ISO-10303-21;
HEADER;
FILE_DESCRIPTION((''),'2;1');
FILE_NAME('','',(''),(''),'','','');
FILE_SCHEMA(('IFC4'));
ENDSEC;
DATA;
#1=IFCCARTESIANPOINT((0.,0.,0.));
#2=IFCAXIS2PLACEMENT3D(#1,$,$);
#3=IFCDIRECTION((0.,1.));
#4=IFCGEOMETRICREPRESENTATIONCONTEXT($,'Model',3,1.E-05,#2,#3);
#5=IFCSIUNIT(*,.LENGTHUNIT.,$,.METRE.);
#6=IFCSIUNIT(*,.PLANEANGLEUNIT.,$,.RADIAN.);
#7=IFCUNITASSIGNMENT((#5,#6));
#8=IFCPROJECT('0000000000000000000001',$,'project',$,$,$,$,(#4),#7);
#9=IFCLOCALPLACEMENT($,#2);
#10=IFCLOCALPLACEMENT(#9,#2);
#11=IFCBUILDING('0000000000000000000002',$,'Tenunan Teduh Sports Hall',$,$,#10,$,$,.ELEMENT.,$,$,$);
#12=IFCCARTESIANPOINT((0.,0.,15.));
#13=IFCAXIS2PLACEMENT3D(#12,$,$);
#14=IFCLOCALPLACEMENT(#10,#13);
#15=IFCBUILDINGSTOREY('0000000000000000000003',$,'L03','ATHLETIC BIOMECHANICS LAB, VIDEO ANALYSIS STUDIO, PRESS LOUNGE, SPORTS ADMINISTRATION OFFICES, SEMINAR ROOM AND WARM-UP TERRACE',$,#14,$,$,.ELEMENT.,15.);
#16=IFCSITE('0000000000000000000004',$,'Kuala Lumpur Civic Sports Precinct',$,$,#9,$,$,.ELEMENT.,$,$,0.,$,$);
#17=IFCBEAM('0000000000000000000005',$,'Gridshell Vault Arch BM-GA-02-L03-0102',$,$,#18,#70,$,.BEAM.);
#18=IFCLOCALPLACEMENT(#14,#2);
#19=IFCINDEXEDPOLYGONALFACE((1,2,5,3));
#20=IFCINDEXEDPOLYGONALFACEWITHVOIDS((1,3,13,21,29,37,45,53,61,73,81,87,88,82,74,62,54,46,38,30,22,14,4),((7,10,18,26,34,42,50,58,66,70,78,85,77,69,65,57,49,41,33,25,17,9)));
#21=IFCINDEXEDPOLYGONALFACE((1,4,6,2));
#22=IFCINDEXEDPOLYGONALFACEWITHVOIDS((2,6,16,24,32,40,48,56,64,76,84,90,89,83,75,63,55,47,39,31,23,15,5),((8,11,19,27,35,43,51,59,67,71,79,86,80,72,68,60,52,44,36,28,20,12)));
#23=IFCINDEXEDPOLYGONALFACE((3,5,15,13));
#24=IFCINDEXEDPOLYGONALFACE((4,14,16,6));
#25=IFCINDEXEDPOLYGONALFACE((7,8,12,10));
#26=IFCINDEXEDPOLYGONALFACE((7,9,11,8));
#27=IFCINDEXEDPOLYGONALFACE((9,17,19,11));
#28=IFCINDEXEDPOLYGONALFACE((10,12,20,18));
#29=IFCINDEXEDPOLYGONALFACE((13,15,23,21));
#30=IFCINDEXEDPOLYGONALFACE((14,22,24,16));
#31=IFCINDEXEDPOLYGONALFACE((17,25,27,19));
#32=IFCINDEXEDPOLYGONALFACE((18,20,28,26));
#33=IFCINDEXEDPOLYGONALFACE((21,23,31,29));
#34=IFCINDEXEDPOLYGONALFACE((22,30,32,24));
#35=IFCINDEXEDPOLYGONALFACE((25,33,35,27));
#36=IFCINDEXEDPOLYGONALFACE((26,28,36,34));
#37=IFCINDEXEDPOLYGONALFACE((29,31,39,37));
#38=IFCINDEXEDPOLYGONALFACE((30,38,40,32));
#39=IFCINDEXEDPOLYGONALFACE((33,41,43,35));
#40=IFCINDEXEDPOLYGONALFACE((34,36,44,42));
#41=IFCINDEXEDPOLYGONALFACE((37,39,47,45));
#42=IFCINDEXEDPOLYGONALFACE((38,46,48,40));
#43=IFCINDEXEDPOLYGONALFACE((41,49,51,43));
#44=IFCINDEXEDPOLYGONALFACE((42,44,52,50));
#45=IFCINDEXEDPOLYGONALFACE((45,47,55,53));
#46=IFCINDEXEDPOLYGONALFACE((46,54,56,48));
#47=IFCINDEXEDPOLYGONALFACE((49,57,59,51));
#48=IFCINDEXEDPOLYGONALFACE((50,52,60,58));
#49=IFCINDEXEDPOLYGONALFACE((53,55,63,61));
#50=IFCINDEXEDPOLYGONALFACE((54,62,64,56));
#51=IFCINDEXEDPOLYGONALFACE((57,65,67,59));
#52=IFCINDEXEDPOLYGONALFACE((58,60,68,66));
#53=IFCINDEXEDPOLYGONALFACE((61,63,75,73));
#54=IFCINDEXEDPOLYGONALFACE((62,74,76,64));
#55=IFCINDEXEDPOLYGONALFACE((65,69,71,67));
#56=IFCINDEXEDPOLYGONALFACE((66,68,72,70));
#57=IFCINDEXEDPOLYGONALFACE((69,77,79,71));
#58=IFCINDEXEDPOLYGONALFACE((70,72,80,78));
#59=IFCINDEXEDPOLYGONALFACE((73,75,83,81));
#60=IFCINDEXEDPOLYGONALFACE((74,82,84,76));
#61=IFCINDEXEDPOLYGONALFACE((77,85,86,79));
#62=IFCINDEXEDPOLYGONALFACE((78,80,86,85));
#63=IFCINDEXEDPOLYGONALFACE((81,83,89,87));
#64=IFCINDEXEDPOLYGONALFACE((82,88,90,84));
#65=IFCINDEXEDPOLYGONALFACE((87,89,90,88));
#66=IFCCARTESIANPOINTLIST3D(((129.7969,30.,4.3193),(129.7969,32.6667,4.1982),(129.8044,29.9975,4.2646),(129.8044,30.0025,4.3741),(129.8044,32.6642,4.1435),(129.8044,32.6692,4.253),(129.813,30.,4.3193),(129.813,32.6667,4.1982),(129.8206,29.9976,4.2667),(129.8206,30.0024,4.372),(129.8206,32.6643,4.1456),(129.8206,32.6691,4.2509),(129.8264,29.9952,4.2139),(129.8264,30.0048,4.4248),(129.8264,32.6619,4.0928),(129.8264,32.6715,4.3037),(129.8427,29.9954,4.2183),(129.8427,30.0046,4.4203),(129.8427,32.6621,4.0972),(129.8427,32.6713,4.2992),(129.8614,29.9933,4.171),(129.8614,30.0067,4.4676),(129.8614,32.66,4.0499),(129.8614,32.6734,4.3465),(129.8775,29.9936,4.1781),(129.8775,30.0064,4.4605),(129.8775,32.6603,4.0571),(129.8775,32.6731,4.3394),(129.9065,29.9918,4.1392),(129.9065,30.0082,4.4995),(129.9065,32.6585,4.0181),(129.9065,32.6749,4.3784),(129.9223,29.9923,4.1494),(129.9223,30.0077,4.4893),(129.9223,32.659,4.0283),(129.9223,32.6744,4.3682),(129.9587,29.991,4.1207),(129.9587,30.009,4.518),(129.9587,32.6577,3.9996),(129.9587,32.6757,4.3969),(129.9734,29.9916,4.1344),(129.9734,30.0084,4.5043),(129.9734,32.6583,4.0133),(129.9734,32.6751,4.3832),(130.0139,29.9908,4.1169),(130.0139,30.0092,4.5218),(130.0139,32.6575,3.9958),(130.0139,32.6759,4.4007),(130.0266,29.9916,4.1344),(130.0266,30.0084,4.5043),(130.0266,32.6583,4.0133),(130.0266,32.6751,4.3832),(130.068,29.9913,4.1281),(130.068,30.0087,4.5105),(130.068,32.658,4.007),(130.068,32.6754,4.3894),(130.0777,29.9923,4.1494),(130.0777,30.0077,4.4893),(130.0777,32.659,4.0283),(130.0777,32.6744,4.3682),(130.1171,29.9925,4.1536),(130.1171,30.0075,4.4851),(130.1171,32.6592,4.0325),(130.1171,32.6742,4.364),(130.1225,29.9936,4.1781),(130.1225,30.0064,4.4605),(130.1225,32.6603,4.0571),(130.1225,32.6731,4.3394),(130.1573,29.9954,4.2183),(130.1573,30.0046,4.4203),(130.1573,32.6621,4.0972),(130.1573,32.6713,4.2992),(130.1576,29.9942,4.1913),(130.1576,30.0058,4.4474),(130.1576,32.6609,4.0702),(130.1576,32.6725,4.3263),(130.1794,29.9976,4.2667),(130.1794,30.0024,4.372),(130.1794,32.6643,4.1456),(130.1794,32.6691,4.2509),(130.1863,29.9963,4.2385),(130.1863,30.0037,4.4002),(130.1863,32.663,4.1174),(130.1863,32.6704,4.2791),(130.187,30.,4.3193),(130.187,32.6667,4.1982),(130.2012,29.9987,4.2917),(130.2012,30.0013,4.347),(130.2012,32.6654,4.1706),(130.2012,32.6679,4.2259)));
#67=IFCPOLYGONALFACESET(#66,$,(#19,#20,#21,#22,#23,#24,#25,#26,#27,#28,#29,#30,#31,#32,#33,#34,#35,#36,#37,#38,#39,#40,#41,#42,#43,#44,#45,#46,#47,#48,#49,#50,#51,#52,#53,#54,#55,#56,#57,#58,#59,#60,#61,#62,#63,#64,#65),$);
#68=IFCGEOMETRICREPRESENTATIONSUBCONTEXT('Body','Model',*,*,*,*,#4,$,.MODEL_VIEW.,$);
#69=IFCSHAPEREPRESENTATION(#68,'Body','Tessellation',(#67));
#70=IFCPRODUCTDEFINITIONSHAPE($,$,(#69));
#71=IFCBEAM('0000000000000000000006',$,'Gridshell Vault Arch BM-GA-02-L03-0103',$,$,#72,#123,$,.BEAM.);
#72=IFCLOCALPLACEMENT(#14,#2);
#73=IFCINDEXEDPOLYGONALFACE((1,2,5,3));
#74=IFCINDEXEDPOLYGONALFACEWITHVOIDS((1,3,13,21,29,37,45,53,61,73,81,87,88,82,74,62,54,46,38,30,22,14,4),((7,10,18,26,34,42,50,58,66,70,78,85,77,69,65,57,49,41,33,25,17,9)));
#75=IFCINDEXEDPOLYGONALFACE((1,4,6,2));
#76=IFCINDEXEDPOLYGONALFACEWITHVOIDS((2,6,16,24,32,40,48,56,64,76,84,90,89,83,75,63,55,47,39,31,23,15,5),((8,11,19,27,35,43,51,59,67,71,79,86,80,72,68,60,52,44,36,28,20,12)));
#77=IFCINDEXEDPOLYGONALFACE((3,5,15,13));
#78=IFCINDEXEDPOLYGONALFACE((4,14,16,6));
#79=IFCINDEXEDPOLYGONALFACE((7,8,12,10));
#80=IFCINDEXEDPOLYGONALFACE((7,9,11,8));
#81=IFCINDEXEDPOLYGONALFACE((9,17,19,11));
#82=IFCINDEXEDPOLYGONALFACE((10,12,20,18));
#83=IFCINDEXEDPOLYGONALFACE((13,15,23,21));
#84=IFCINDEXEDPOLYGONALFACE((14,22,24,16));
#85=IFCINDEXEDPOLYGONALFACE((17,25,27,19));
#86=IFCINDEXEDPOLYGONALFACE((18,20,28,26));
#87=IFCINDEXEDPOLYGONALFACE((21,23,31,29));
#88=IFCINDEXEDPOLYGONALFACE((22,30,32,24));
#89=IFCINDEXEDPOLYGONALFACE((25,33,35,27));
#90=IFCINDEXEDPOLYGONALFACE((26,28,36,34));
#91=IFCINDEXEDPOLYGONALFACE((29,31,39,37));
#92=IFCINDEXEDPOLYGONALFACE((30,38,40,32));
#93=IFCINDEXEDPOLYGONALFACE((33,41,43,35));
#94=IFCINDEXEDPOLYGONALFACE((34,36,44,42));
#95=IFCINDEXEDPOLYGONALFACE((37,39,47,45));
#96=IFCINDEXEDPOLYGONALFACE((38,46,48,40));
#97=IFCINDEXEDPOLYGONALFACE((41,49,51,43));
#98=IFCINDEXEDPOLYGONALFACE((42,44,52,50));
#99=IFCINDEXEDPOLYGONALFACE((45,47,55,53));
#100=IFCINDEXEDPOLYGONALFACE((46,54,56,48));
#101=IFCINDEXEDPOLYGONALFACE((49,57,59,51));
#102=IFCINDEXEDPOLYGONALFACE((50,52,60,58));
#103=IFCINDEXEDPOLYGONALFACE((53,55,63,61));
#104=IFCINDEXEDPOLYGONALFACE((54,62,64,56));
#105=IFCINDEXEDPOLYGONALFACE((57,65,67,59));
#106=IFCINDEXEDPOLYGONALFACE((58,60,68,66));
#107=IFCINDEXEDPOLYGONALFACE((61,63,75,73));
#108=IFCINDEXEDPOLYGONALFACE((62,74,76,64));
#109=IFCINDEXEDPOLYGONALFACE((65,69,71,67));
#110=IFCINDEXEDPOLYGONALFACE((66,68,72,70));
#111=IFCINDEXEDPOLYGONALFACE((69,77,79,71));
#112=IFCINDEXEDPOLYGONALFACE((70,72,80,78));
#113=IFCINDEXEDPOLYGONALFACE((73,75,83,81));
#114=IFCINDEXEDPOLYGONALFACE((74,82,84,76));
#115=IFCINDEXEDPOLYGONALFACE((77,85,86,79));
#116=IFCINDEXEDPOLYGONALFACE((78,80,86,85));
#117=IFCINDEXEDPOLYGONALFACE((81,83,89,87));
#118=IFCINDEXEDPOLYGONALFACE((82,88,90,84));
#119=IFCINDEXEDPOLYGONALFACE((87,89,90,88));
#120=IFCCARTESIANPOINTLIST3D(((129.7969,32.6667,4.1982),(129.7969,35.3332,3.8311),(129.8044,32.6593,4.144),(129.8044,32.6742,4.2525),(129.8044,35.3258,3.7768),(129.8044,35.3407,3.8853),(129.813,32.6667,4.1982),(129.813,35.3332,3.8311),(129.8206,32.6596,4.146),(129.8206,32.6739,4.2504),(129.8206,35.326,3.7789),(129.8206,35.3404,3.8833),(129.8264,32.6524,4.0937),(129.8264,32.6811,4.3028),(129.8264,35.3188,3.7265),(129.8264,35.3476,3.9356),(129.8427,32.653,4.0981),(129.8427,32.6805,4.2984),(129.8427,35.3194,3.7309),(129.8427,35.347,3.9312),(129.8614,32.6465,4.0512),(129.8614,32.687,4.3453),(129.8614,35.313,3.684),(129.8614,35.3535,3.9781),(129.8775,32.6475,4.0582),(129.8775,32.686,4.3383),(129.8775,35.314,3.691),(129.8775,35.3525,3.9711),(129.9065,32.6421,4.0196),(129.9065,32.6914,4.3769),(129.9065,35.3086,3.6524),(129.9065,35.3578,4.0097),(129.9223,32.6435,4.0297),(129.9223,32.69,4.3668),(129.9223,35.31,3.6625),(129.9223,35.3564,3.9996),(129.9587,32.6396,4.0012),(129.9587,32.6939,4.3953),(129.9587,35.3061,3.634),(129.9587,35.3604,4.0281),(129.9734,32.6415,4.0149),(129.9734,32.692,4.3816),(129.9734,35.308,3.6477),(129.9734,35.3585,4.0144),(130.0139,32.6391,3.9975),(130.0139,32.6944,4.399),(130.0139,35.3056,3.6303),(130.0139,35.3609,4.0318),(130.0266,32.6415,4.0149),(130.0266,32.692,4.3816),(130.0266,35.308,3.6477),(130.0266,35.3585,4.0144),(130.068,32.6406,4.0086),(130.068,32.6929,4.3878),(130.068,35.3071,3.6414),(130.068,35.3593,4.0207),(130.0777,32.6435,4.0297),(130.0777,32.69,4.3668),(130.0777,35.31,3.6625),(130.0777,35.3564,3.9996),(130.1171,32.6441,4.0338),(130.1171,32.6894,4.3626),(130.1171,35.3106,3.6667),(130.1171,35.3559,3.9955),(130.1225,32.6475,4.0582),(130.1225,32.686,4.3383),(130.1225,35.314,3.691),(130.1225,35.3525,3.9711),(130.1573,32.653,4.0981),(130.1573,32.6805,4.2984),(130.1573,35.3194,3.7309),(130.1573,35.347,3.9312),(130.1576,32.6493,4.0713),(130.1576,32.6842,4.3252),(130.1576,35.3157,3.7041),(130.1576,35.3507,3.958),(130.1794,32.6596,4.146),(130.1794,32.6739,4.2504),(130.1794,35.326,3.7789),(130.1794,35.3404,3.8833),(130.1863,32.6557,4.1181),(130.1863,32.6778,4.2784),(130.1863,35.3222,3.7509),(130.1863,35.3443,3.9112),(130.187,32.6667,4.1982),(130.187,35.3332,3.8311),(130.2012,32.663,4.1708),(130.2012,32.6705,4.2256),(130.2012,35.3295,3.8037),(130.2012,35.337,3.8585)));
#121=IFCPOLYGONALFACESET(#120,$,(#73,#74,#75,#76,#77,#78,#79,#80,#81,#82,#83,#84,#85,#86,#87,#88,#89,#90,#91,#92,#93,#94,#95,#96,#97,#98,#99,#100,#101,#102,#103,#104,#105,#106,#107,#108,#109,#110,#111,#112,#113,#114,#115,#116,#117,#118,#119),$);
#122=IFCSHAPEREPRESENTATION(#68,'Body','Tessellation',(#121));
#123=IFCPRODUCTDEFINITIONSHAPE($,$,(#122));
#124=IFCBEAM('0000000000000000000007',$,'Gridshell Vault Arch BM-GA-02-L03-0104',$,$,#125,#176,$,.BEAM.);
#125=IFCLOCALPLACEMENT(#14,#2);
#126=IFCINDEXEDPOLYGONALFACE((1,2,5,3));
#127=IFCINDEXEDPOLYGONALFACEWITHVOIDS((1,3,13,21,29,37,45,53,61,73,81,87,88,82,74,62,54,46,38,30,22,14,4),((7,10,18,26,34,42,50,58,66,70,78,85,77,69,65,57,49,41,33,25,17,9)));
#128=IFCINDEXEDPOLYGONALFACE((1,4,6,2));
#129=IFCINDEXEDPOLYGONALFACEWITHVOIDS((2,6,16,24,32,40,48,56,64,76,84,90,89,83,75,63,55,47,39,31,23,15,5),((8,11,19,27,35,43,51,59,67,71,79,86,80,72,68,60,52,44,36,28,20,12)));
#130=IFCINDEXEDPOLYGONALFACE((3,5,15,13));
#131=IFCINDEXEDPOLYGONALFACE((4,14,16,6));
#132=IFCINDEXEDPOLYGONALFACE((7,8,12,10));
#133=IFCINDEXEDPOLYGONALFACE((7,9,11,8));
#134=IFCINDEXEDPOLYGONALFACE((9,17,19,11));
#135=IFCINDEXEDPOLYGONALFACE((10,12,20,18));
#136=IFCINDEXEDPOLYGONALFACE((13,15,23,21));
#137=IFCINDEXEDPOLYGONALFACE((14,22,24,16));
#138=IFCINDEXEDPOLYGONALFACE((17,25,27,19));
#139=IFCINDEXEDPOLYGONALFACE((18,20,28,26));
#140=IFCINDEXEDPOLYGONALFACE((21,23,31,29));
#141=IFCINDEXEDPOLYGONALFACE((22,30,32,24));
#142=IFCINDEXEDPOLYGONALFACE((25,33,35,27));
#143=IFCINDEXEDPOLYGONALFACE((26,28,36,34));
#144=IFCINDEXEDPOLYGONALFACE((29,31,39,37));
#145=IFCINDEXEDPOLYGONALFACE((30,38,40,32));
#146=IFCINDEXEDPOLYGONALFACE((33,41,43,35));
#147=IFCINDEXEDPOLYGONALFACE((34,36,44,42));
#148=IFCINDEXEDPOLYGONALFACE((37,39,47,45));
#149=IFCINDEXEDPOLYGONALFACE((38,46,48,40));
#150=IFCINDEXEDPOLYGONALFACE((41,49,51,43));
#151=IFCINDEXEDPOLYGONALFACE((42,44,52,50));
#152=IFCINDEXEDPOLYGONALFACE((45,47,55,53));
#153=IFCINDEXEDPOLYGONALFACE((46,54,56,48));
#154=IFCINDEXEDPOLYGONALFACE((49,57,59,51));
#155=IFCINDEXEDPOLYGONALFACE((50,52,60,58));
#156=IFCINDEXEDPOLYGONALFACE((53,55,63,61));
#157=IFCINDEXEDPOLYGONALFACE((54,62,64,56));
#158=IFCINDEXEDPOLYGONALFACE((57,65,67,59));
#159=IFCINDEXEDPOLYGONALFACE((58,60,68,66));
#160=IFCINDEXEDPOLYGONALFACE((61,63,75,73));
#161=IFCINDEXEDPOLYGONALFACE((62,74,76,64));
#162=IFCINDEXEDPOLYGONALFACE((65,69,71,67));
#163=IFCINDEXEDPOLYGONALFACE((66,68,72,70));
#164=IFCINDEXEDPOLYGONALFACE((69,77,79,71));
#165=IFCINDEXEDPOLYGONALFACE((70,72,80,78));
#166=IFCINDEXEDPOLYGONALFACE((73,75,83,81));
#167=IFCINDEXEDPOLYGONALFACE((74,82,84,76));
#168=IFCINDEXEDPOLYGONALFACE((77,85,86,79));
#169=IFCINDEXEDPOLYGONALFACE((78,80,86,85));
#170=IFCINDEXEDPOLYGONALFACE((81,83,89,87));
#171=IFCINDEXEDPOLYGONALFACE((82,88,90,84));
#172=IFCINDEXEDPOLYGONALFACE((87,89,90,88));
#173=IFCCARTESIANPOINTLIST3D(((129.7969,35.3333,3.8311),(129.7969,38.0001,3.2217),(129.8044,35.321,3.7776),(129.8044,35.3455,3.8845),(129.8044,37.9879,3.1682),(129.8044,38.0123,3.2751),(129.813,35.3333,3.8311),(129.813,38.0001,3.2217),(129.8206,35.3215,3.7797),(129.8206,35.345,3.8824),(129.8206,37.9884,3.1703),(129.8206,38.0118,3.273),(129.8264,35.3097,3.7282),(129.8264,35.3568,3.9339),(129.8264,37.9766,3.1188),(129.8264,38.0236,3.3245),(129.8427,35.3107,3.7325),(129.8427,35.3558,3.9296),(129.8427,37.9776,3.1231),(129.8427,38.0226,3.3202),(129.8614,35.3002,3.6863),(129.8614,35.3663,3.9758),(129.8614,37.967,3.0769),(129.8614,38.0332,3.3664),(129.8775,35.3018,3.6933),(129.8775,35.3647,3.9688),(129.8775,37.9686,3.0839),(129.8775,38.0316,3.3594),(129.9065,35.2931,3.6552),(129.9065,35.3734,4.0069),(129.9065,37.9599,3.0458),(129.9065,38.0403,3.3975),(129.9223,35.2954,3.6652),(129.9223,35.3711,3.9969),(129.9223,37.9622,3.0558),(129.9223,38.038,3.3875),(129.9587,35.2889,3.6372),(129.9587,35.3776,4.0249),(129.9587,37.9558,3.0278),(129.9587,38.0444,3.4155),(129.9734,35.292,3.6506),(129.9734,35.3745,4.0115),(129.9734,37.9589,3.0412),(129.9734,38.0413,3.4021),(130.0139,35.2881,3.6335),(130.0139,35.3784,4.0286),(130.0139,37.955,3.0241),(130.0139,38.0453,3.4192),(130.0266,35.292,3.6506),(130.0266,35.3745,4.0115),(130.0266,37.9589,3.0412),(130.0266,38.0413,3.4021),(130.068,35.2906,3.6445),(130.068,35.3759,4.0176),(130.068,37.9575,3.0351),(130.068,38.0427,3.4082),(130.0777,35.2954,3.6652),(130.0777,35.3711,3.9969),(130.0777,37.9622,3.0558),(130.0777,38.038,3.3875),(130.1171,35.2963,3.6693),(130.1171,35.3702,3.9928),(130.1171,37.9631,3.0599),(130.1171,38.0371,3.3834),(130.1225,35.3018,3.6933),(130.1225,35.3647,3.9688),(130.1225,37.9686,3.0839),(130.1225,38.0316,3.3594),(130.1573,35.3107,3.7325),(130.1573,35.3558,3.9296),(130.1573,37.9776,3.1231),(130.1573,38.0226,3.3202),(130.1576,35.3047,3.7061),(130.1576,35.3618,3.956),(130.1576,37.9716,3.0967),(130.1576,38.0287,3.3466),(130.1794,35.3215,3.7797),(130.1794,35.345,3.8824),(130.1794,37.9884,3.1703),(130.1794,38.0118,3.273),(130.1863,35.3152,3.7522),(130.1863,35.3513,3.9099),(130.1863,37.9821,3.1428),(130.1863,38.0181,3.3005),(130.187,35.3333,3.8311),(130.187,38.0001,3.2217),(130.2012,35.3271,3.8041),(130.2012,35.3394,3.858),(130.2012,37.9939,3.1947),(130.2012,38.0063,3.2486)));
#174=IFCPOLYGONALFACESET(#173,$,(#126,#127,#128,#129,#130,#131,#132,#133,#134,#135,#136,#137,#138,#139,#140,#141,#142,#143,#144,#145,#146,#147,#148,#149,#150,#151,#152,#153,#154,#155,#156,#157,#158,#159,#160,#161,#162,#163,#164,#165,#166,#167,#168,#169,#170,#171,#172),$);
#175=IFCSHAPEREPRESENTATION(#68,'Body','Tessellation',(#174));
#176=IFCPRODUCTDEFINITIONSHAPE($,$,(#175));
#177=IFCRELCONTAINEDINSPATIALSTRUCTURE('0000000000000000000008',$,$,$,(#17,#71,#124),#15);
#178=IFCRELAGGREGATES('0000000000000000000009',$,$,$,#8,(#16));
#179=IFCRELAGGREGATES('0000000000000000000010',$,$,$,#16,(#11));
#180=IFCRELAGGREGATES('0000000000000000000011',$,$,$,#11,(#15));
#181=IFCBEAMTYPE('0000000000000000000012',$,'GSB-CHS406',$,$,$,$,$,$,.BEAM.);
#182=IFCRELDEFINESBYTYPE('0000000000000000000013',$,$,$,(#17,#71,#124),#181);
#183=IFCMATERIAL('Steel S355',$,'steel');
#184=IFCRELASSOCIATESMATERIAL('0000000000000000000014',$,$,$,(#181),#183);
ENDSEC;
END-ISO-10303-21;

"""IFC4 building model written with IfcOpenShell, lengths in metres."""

from ifc_helpers import new_model, si_unit, direction, frame, origin, origin_2d, place, context, subcontext, project, spatial, hollow_circle, extrude, material, material_profile, profile_set, type_object, element, save


model = new_model("IFC4")

# Units and contexts
model_context = context("Model", 3, precision=1e-05, world=origin(), true_north=direction((0.0, 1.0)))
body_context = subcontext(model_context, "Body", "Model", "MODEL_VIEW")
ifc_project = project(units=[si_unit("LENGTHUNIT", "METRE"), si_unit("PLANEANGLEUNIT", "RADIAN")], contexts=[model_context])

# Site, building, storey
site_placement = place(None, origin())
site = spatial("IfcSite", under=ifc_project, at=site_placement, Name="Kuala Lumpur Civic Sports Precinct", CompositionType="ELEMENT", RefElevation=0.0)
building_placement = place(site_placement, origin())
building = spatial("IfcBuilding", under=site, at=building_placement, Name="Tenunan Teduh Sports Hall", CompositionType="ELEMENT")
storey_placement = place(building_placement, frame((0.0, 0.0, 15.0)))
storey = spatial("IfcBuildingStorey", under=building, at=storey_placement, Name="L03", Description="ATHLETIC BIOMECHANICS LAB, VIDEO ANALYSIS STUDIO, PRESS LOUNGE, SPORTS ADMINISTRATION OFFICES, SEMINAR ROOM AND WARM-UP TERRACE", CompositionType="ELEMENT", Elevation=15.0)

# Beams
ifc_material_1 = material(Name="Steel S355", Category="steel")
ifc_material_profile_1 = material_profile(ifc_material_1, hollow_circle(Radius=0.2031, WallThickness=0.0161, at=origin_2d()), Name="CHS 406.4x16.0")
ifc_profile_set_1 = profile_set([ifc_material_profile_1], Name="Steel S355")
beam_type_1 = type_object("IfcBeamType", Name="GSB-CHS406", PredefinedType="BEAM", material=ifc_profile_set_1)
beam_1_placement = place(storey_placement, frame((130.0, 30.0, 4.3193), z_axis=(0.0, 0.998971, -0.045362), x_axis=(-1.0, 0.0, 0.0)))
element("IfcBeam", 1, at=beam_1_placement, inside=storey, type_object=beam_type_1, Name="Gridshell Vault Arch BM-GA-02-L03-0102", PredefinedType="BEAM", context=body_context, shape_type="SweptSolid", body=[
    extrude(hollow_circle(Radius=0.2031, WallThickness=0.0161, at=origin_2d()), origin(), (0.0, 0.0, 1.0), 2.6694),
])
beam_2_placement = place(storey_placement, frame((130.0, 32.6667, 4.1982), z_axis=(0.0, 0.990652, -0.136416), x_axis=(-1.0, 0.0, 0.0)))
element("IfcBeam", 2, at=beam_2_placement, inside=storey, type_object=beam_type_1, Name="Gridshell Vault Arch BM-GA-02-L03-0103", PredefinedType="BEAM", context=body_context, shape_type="SweptSolid", body=[
    extrude(hollow_circle(Radius=0.2031, WallThickness=0.0161, at=origin_2d()), origin(), (0.0, 0.0, 1.0), 2.6917),
])
beam_3_placement = place(storey_placement, frame((130.0, 35.3333, 3.8311), z_axis=(0.0, 0.974872, -0.222767), x_axis=(-1.0, 0.0, 0.0)))
element("IfcBeam", 3, at=beam_3_placement, inside=storey, type_object=beam_type_1, Name="Gridshell Vault Arch BM-GA-02-L03-0104", PredefinedType="BEAM", context=body_context, shape_type="SweptSolid", body=[
    extrude(hollow_circle(Radius=0.2031, WallThickness=0.0161, at=origin_2d()), origin(), (0.0, 0.0, 1.0), 2.7356),
])

save(model, "model.ifc")
